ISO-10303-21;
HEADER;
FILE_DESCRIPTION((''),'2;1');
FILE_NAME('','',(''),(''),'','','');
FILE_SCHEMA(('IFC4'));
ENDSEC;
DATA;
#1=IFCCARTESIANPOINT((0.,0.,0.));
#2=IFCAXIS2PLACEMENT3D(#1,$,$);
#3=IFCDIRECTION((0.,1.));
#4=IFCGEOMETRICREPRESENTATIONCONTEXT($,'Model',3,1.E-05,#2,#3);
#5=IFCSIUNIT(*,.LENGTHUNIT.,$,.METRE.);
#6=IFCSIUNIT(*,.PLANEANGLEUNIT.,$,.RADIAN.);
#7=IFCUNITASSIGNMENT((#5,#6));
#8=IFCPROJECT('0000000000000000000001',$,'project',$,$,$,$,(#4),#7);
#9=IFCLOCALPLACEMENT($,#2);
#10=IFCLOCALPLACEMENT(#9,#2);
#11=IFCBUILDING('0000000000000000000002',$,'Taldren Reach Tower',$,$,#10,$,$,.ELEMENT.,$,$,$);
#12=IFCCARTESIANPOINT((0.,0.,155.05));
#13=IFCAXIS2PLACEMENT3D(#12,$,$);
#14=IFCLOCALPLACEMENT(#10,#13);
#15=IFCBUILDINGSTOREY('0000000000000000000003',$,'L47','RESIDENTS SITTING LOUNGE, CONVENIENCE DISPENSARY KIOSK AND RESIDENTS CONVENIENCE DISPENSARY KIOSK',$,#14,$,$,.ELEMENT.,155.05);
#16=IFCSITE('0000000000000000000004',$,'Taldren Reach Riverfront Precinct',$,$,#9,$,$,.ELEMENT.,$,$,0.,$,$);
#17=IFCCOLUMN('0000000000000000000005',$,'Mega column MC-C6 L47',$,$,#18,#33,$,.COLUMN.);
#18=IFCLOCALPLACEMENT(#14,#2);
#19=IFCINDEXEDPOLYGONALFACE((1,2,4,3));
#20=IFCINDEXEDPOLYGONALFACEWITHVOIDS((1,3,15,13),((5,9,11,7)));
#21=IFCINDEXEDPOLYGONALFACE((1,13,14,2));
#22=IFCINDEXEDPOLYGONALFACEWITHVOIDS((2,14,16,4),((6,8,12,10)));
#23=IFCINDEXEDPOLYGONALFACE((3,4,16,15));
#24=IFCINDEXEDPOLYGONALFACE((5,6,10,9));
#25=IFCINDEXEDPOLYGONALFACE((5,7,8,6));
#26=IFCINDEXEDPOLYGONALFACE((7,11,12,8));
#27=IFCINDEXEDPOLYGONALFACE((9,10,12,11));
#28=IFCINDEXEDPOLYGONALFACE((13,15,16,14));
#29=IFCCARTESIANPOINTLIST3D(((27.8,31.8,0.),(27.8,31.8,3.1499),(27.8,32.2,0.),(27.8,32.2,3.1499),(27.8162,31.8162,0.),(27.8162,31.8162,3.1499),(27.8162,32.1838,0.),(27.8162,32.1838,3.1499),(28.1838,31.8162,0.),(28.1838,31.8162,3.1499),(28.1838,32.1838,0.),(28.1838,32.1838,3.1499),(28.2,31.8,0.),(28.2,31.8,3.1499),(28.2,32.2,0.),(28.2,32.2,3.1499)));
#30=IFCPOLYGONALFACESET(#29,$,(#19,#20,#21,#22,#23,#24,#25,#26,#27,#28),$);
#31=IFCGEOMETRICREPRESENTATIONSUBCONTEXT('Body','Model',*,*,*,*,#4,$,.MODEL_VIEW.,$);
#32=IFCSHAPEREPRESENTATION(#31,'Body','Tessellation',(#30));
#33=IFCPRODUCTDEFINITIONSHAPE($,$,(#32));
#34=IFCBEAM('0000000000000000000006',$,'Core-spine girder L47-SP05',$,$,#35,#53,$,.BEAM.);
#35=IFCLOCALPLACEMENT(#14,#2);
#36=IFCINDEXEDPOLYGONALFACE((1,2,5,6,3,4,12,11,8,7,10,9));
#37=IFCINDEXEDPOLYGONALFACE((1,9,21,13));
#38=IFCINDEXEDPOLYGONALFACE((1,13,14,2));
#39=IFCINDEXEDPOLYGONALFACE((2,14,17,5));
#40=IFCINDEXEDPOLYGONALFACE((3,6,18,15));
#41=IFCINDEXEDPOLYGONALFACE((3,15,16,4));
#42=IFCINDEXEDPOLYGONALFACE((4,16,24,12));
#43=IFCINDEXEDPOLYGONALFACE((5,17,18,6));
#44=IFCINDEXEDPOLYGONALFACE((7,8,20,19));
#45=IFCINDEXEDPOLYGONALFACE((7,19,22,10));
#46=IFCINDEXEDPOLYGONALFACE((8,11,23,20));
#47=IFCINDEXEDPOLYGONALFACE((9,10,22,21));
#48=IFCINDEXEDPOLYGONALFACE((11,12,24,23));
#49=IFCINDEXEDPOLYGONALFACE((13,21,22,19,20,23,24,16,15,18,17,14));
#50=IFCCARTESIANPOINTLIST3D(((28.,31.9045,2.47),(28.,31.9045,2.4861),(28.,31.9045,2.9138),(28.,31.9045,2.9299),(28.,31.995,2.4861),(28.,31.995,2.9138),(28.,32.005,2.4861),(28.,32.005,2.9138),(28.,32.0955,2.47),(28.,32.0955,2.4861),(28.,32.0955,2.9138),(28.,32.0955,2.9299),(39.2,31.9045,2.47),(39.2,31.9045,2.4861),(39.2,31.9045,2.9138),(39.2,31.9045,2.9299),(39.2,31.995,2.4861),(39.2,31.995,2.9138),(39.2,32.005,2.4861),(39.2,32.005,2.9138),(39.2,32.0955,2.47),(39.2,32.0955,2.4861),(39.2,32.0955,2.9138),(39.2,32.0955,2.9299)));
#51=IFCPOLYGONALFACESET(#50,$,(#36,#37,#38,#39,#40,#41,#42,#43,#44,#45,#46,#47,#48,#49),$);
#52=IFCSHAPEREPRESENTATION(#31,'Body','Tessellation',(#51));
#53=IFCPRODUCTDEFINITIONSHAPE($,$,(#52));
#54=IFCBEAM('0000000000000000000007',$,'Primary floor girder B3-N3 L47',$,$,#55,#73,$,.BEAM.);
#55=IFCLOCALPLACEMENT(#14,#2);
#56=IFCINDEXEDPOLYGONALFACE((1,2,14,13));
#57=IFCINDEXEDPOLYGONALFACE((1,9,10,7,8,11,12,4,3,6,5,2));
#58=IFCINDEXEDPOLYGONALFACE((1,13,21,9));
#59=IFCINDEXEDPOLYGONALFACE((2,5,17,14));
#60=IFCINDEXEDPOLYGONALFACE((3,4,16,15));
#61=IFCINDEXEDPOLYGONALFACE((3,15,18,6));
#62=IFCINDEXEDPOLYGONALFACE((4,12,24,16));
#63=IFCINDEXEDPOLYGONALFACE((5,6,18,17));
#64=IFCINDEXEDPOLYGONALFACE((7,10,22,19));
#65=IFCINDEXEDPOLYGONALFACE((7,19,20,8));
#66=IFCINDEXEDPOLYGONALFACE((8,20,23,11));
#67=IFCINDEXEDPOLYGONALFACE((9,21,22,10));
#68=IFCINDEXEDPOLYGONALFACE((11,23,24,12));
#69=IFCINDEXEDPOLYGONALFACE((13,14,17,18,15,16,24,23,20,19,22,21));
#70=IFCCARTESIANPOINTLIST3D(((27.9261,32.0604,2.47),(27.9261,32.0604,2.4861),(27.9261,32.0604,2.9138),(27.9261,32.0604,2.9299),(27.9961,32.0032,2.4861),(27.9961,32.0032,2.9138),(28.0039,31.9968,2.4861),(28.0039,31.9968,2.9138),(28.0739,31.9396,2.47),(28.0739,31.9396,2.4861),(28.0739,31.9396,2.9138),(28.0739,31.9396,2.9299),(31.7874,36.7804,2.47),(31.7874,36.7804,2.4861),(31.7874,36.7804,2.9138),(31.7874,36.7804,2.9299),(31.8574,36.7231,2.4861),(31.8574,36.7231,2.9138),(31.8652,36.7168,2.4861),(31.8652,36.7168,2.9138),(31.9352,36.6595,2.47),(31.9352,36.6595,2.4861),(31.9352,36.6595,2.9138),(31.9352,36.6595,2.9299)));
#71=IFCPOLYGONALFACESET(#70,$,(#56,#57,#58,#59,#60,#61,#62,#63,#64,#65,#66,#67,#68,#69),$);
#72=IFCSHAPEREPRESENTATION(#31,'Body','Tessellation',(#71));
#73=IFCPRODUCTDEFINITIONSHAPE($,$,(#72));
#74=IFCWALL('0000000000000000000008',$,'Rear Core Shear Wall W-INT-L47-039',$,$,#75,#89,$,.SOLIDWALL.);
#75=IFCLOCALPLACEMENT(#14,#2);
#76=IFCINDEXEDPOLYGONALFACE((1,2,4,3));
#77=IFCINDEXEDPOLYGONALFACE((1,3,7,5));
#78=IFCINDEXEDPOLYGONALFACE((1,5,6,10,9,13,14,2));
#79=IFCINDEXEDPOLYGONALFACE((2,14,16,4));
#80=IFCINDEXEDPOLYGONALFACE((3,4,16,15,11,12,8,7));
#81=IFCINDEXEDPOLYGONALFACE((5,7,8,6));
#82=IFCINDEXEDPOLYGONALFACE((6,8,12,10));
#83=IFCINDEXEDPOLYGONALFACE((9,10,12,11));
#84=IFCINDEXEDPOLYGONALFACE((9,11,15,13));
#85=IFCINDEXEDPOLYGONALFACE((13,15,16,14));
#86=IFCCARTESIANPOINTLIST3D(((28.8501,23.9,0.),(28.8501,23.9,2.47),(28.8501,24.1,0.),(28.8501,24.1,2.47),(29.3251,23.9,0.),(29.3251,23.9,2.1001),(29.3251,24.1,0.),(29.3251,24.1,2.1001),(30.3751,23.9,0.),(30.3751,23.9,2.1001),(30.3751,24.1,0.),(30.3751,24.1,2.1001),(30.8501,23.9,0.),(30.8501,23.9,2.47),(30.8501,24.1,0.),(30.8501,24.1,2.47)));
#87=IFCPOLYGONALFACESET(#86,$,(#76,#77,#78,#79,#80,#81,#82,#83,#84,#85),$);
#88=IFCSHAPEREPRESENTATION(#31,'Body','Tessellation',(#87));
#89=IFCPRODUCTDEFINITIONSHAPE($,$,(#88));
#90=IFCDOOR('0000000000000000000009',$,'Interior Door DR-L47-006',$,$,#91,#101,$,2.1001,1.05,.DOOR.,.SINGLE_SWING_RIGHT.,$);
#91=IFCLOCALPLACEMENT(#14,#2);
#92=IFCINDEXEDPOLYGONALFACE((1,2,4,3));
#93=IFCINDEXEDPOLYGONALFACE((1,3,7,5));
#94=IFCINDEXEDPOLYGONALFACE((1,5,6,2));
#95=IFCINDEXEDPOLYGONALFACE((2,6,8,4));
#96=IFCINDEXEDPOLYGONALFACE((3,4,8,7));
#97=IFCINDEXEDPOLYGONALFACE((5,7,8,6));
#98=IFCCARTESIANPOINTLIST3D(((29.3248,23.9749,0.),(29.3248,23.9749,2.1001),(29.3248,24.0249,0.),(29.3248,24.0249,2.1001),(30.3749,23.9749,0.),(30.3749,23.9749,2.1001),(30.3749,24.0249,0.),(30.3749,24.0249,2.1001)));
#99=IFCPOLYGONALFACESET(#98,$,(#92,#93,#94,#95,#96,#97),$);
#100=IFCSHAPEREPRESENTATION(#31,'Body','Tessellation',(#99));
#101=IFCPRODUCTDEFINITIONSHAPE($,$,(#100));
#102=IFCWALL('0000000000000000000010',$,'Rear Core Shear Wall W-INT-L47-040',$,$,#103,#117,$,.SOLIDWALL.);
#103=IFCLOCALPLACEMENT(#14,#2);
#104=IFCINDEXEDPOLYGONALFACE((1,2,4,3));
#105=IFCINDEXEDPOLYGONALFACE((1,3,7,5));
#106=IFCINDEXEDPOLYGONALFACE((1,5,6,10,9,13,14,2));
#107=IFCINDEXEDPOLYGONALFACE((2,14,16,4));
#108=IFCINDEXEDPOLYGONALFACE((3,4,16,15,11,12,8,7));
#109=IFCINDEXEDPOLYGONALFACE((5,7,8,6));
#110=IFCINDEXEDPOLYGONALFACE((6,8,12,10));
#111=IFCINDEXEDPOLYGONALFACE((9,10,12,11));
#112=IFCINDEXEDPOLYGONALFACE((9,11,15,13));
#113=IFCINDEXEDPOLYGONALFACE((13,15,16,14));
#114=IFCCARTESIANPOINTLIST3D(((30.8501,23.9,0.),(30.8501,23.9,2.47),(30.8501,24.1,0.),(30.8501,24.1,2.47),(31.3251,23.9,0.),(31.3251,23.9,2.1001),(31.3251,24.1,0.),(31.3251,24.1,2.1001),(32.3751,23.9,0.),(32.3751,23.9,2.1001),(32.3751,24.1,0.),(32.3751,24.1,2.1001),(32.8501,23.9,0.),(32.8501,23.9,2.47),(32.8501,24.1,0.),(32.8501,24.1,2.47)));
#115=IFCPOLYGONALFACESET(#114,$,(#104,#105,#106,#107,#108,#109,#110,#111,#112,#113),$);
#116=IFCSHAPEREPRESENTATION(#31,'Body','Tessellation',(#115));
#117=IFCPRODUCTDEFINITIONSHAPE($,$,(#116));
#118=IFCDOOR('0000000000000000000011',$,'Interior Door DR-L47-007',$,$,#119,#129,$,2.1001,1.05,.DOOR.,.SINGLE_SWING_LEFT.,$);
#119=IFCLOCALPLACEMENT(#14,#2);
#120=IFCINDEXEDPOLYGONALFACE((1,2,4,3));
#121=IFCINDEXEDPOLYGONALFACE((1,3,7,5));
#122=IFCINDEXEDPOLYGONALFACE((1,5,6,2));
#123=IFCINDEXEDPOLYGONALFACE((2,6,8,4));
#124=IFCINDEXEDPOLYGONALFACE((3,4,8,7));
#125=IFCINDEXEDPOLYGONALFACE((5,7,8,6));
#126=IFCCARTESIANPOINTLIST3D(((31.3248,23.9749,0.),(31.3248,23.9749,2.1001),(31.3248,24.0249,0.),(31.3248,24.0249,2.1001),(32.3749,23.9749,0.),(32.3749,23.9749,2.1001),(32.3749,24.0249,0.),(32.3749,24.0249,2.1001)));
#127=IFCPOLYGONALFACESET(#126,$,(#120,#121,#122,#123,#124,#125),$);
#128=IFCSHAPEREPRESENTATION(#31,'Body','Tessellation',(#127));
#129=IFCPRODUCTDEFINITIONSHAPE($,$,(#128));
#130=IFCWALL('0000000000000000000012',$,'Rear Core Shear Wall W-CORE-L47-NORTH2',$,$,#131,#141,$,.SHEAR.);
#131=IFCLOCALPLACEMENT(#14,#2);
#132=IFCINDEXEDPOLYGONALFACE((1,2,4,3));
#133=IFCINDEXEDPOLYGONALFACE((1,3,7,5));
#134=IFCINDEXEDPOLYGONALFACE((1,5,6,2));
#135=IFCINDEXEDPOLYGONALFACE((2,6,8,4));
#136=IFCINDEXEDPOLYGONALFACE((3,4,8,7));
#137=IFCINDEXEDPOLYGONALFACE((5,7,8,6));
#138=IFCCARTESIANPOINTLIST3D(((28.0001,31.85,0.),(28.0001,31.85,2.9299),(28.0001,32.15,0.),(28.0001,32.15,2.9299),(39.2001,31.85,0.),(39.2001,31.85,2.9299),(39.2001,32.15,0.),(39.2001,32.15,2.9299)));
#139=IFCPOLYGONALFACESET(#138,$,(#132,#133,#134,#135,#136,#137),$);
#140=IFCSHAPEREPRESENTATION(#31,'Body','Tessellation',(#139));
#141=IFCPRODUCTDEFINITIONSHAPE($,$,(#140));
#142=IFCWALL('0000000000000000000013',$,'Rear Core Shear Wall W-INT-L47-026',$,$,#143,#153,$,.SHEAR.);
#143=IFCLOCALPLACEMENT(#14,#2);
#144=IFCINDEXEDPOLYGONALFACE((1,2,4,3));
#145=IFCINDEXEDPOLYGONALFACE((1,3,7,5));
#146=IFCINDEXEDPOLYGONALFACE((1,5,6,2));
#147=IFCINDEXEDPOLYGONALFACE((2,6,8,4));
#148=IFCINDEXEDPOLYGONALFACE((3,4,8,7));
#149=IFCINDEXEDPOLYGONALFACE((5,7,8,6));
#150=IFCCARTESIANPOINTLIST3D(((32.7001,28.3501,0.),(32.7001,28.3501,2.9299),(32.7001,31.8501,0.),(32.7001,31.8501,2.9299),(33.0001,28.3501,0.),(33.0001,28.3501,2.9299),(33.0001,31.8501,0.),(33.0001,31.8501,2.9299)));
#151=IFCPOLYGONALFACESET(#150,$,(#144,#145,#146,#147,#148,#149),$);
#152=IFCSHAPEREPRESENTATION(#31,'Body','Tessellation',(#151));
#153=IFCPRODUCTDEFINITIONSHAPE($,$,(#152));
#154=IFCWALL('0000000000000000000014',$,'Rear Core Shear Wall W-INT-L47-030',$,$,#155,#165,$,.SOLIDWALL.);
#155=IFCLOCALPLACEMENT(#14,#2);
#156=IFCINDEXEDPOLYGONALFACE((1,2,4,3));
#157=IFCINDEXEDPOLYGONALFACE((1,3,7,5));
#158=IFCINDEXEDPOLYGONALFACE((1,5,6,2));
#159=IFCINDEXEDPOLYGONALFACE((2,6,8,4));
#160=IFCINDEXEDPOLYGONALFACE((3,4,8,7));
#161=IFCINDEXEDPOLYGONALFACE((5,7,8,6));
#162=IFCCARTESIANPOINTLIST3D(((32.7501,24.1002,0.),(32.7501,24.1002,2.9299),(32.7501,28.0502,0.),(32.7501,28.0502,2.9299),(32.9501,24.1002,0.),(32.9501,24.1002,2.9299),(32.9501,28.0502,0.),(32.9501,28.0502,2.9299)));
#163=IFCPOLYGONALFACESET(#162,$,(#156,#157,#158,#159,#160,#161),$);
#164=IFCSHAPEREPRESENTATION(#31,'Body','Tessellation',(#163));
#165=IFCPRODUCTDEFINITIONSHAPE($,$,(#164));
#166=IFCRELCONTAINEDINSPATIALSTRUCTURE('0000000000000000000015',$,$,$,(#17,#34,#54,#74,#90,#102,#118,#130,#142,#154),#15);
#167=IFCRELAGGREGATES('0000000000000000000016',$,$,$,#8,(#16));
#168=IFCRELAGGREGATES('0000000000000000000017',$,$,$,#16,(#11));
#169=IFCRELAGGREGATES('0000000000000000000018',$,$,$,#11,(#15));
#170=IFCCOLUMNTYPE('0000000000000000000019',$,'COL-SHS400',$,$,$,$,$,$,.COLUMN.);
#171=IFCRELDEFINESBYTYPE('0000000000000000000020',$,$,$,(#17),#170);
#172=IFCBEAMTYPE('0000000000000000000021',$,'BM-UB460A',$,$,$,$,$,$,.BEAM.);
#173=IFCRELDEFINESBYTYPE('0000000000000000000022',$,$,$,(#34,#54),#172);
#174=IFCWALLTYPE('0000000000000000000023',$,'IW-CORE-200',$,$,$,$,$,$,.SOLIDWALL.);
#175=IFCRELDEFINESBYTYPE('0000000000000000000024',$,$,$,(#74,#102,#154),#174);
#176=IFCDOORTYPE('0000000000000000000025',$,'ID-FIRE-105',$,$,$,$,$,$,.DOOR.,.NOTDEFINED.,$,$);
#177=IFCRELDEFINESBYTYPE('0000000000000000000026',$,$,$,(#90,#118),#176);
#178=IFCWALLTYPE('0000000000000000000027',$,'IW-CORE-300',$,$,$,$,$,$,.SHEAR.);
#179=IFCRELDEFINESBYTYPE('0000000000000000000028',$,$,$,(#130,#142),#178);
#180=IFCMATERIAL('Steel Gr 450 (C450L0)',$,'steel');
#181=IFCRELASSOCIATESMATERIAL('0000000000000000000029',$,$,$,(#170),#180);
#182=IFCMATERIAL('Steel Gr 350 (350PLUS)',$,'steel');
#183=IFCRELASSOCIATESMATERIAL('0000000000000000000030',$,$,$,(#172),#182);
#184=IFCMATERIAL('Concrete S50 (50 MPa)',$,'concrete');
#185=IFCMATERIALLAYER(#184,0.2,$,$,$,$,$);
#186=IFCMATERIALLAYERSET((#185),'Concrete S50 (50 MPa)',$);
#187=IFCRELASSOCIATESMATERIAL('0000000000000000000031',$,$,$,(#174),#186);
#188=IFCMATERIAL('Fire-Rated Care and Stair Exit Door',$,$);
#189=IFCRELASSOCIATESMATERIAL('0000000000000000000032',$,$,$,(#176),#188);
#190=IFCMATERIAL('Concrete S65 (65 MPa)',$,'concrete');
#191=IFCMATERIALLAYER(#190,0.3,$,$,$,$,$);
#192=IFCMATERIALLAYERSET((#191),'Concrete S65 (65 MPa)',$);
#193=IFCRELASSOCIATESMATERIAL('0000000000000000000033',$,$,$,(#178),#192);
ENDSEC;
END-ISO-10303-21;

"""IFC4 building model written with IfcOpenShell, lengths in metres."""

from ifc_helpers import new_model, si_unit, direction, frame, frame_2d, origin, origin_2d, place, context, subcontext, project, spatial, rectangle, hollow_rectangle, i_section, extrude, source, transform, mapped, material, layer, layer_set, material_profile, profile_set, type_object, element, fill, save


model = new_model("IFC4")

# Units and contexts
model_context = context("Model", 3, precision=1e-05, world=origin(), true_north=direction((0.0, 1.0)))
body_context = subcontext(model_context, "Body", "Model", "MODEL_VIEW")
ifc_project = project(units=[si_unit("LENGTHUNIT", "METRE"), si_unit("PLANEANGLEUNIT", "RADIAN")], contexts=[model_context])

# Site, building, storey
site_placement = place(None, origin())
site = spatial("IfcSite", under=ifc_project, at=site_placement, Name="Taldren Reach Riverfront Precinct", CompositionType="ELEMENT", RefElevation=0.0)
building_placement = place(site_placement, origin())
building = spatial("IfcBuilding", under=site, at=building_placement, Name="Taldren Reach Tower", CompositionType="ELEMENT")
storey_placement = place(building_placement, frame((0.0, 0.0, 155.05)))
storey = spatial("IfcBuildingStorey", under=building, at=storey_placement, Name="L47", Description="RESIDENTS SITTING LOUNGE, CONVENIENCE DISPENSARY KIOSK AND RESIDENTS CONVENIENCE DISPENSARY KIOSK", CompositionType="ELEMENT", Elevation=155.05)

# Column
ifc_material_1 = material(Name="Steel Gr 450 (C450L0)", Category="steel")
ifc_material_profile_1 = material_profile(ifc_material_1, hollow_rectangle(XDim=0.3999, YDim=0.3999, WallThickness=0.0161, at=origin_2d()), Name="400x400x16.0SHS")
ifc_profile_set_1 = profile_set([ifc_material_profile_1], Name="Steel Gr 450 (C450L0)")
column_type = type_object("IfcColumnType", Name="COL-SHS400", PredefinedType="COLUMN", material=ifc_profile_set_1)
shared_shape_1 = source(origin(), body_context, "Body", "SweptSolid", [
    extrude(hollow_rectangle(XDim=0.3999, YDim=0.3999, WallThickness=0.0161, at=origin_2d()), origin(), (0.0, 0.0, 1.0), 3.1499),
])
column_placement = place(storey_placement, frame((28.0, 32.0, 0.0), z_axis=(0.0, 0.0, 1.0), x_axis=(1.0, 0.0, 0.0)))
element("IfcColumn", 1, at=column_placement, inside=storey, type_object=column_type, Name="Mega column MC-C6 L47", PredefinedType="COLUMN", context=body_context, shape_type="MappedRepresentation", body=[
    mapped(shared_shape_1, transform((0.0, 0.0, 0.0), scale=1.0)),
])

# Beams
ifc_material_2 = material(Name="Steel Gr 350 (350PLUS)", Category="steel")
ifc_material_profile_2 = material_profile(ifc_material_2, i_section(OverallWidth=0.1909, OverallDepth=0.46, WebThickness=0.01, FlangeThickness=0.0161, at=origin_2d()), Name="460UB82.1")
ifc_profile_set_2 = profile_set([ifc_material_profile_2], Name="Steel Gr 350 (350PLUS)")
beam_type = type_object("IfcBeamType", Name="BM-UB460A", PredefinedType="BEAM", material=ifc_profile_set_2)
shared_shape_2 = source(origin(), body_context, "Body", "SweptSolid", [
    extrude(i_section(OverallWidth=0.1909, OverallDepth=0.46, WebThickness=0.01, FlangeThickness=0.0161, at=origin_2d()), origin(), (0.0, 0.0, 1.0), 11.2),
])
beam_1_placement = place(storey_placement, frame((28.0, 32.0, 2.7), z_axis=(1.0, 0.0, 0.0), x_axis=(0.0, 1.0, 0.0)))
element("IfcBeam", 2, at=beam_1_placement, inside=storey, type_object=beam_type, Name="Core-spine girder L47-SP05", PredefinedType="BEAM", context=body_context, shape_type="MappedRepresentation", body=[
    mapped(shared_shape_2, transform((0.0, 0.0, 0.0), scale=1.0)),
])
shared_shape_3 = source(origin(), body_context, "Body", "SweptSolid", [
    extrude(i_section(OverallWidth=0.1909, OverallDepth=0.46, WebThickness=0.01, FlangeThickness=0.0161, at=origin_2d()), origin(), (0.0, 0.0, 1.0), 6.0981),
])
beam_2_placement = place(storey_placement, frame((28.0, 32.0, 2.7), z_axis=(0.633192, 0.773995, 0.0), x_axis=(-0.773995, 0.633192, 0.0)))
element("IfcBeam", 3, at=beam_2_placement, inside=storey, type_object=beam_type, Name="Primary floor girder B3-N3 L47", PredefinedType="BEAM", context=body_context, shape_type="MappedRepresentation", body=[
    mapped(shared_shape_3, transform((0.0, 0.0, 0.0), scale=1.0)),
])

# Walls, openings, doors
ifc_material_3 = material(Name="Concrete S50 (50 MPa)", Category="concrete")
ifc_layer_1 = layer(ifc_material_3, 0.2)
ifc_layer_set_1 = layer_set([ifc_layer_1], Name="Concrete S50 (50 MPa)")
wall_type_1 = type_object("IfcWallType", Name="IW-CORE-200", PredefinedType="SOLIDWALL", material=ifc_layer_set_1)
shared_shape_4 = source(origin(), body_context, "Body", "SweptSolid", [
    extrude(rectangle(XDim=2.0, YDim=0.2, at=frame_2d((1.0, 0.0))), origin(), (0.0, 0.0, 1.0), 2.47),
])
wall_1_placement = place(storey_placement, frame((30.8501, 24.0, 0.0), z_axis=(0.0, 0.0, 1.0), x_axis=(-1.0, 0.0, 0.0)))
wall_1 = element("IfcWall", 4, at=wall_1_placement, inside=storey, type_object=wall_type_1, Name="Rear Core Shear Wall W-INT-L47-039", PredefinedType="SOLIDWALL", context=body_context, shape_type="MappedRepresentation", body=[
    mapped(shared_shape_4, transform((0.0, 0.0, 0.0), scale=1.0)),
])
shared_shape_5 = source(origin(), body_context, "Body", "SweptSolid", [
    extrude(rectangle(XDim=1.05, YDim=2.1001, at=frame_2d((0.5249, 1.05))), frame((0.0, 0.1099, 0.0), z_axis=(0.0, -1.0, 0.0), x_axis=(1.0, 0.0, 0.0)), (0.0, 0.0, 1.0), 0.22),
])
opening_1_placement = place(wall_1_placement, frame((0.4751, 0.0, 0.0)))
opening_1 = element("IfcOpeningElement", 5, at=opening_1_placement, cuts=wall_1, PredefinedType="OPENING", context=body_context, shape_type="MappedRepresentation", body=[
    mapped(shared_shape_5, transform((0.0, 0.0, 0.0), scale=1.0)),
])
ifc_material_4 = material(Name="Fire-Rated Care and Stair Exit Door")
door_type_1 = type_object("IfcDoorType", Name="ID-FIRE-105", OperationType="NOTDEFINED", PredefinedType="DOOR", material=ifc_material_4)
shared_shape_6 = source(origin(), body_context, "Body", "SweptSolid", [
    extrude(rectangle(XDim=1.05, YDim=2.1001, at=frame_2d((0.5249, 1.05))), frame((0.0, 0.0249, 0.0), z_axis=(0.0, -1.0, 0.0), x_axis=(1.0, 0.0, 0.0)), (0.0, 0.0, 1.0), 0.05),
])
door_1_placement = place(opening_1_placement, frame((1.05, 0.0, 0.0), z_axis=(0.0, 0.0, 1.0), x_axis=(-1.0, 0.0, 0.0)))
door_1 = element("IfcDoor", 6, at=door_1_placement, inside=storey, type_object=door_type_1, Name="Interior Door DR-L47-006", OperationType="SINGLE_SWING_RIGHT", OverallHeight=2.1001, OverallWidth=1.05, PredefinedType="DOOR", context=body_context, shape_type="MappedRepresentation", body=[
    mapped(shared_shape_6, transform((0.0, 0.0, 0.0), scale=1.0)),
])
fill(opening_1, door_1)
wall_2_placement = place(storey_placement, frame((32.8501, 24.0, 0.0), z_axis=(0.0, 0.0, 1.0), x_axis=(-1.0, 0.0, 0.0)))
wall_2 = element("IfcWall", 7, at=wall_2_placement, inside=storey, type_object=wall_type_1, Name="Rear Core Shear Wall W-INT-L47-040", PredefinedType="SOLIDWALL", context=body_context, shape_type="MappedRepresentation", body=[
    mapped(shared_shape_4, transform((0.0, 0.0, 0.0), scale=1.0)),
])
opening_2_placement = place(wall_2_placement, frame((0.4751, 0.0, 0.0)))
opening_2 = element("IfcOpeningElement", 8, at=opening_2_placement, cuts=wall_2, PredefinedType="OPENING", context=body_context, shape_type="MappedRepresentation", body=[
    mapped(shared_shape_5, transform((0.0, 0.0, 0.0), scale=1.0)),
])
door_2_placement = place(opening_2_placement, frame((1.05, 0.0, 0.0), z_axis=(0.0, 0.0, 1.0), x_axis=(-1.0, 0.0, 0.0)))
door_2 = element("IfcDoor", 9, at=door_2_placement, inside=storey, type_object=door_type_1, Name="Interior Door DR-L47-007", OperationType="SINGLE_SWING_LEFT", OverallHeight=2.1001, OverallWidth=1.05, PredefinedType="DOOR", context=body_context, shape_type="MappedRepresentation", body=[
    mapped(shared_shape_6, transform((0.0, 0.0, 0.0), scale=1.0)),
])
fill(opening_2, door_2)

# Walls
ifc_material_5 = material(Name="Concrete S65 (65 MPa)", Category="concrete")
ifc_layer_2 = layer(ifc_material_5, 0.3)
ifc_layer_set_2 = layer_set([ifc_layer_2], Name="Concrete S65 (65 MPa)")
wall_type_2 = type_object("IfcWallType", Name="IW-CORE-300", PredefinedType="SHEAR", material=ifc_layer_set_2)
shared_shape_7 = source(origin(), body_context, "Body", "SweptSolid", [
    extrude(rectangle(XDim=11.2, YDim=0.3, at=frame_2d((5.6001, 0.0))), origin(), (0.0, 0.0, 1.0), 2.9299),
])
wall_3_placement = place(storey_placement, frame((28.0, 32.0, 0.0), z_axis=(0.0, 0.0, 1.0), x_axis=(1.0, 0.0, 0.0)))
element("IfcWall", 10, at=wall_3_placement, inside=storey, type_object=wall_type_2, Name="Rear Core Shear Wall W-CORE-L47-NORTH2", PredefinedType="SHEAR", context=body_context, shape_type="MappedRepresentation", body=[
    mapped(shared_shape_7, transform((0.0, 0.0, 0.0), scale=1.0)),
])
shared_shape_8 = source(origin(), body_context, "Body", "SweptSolid", [
    extrude(rectangle(XDim=3.5, YDim=0.3, at=frame_2d((1.75, 0.0))), origin(), (0.0, 0.0, 1.0), 2.9299),
])
wall_4_placement = place(storey_placement, frame((32.8501, 31.8501, 0.0), z_axis=(0.0, 0.0, 1.0), x_axis=(0.0, -1.0, 0.0)))
element("IfcWall", 11, at=wall_4_placement, inside=storey, type_object=wall_type_2, Name="Rear Core Shear Wall W-INT-L47-026", PredefinedType="SHEAR", context=body_context, shape_type="MappedRepresentation", body=[
    mapped(shared_shape_8, transform((0.0, 0.0, 0.0), scale=1.0)),
])
shared_shape_9 = source(origin(), body_context, "Body", "SweptSolid", [
    extrude(rectangle(XDim=3.95, YDim=0.2, at=frame_2d((1.9751, 0.0))), origin(), (0.0, 0.0, 1.0), 2.9299),
])
wall_5_placement = place(storey_placement, frame((32.8501, 24.1001, 0.0), z_axis=(0.0, 0.0, 1.0), x_axis=(0.0, 1.0, 0.0)))
element("IfcWall", 12, at=wall_5_placement, inside=storey, type_object=wall_type_1, Name="Rear Core Shear Wall W-INT-L47-030", PredefinedType="SOLIDWALL", context=body_context, shape_type="MappedRepresentation", body=[
    mapped(shared_shape_9, transform((0.0, 0.0, 0.0), scale=1.0)),
])

save(model, "model.ifc")
